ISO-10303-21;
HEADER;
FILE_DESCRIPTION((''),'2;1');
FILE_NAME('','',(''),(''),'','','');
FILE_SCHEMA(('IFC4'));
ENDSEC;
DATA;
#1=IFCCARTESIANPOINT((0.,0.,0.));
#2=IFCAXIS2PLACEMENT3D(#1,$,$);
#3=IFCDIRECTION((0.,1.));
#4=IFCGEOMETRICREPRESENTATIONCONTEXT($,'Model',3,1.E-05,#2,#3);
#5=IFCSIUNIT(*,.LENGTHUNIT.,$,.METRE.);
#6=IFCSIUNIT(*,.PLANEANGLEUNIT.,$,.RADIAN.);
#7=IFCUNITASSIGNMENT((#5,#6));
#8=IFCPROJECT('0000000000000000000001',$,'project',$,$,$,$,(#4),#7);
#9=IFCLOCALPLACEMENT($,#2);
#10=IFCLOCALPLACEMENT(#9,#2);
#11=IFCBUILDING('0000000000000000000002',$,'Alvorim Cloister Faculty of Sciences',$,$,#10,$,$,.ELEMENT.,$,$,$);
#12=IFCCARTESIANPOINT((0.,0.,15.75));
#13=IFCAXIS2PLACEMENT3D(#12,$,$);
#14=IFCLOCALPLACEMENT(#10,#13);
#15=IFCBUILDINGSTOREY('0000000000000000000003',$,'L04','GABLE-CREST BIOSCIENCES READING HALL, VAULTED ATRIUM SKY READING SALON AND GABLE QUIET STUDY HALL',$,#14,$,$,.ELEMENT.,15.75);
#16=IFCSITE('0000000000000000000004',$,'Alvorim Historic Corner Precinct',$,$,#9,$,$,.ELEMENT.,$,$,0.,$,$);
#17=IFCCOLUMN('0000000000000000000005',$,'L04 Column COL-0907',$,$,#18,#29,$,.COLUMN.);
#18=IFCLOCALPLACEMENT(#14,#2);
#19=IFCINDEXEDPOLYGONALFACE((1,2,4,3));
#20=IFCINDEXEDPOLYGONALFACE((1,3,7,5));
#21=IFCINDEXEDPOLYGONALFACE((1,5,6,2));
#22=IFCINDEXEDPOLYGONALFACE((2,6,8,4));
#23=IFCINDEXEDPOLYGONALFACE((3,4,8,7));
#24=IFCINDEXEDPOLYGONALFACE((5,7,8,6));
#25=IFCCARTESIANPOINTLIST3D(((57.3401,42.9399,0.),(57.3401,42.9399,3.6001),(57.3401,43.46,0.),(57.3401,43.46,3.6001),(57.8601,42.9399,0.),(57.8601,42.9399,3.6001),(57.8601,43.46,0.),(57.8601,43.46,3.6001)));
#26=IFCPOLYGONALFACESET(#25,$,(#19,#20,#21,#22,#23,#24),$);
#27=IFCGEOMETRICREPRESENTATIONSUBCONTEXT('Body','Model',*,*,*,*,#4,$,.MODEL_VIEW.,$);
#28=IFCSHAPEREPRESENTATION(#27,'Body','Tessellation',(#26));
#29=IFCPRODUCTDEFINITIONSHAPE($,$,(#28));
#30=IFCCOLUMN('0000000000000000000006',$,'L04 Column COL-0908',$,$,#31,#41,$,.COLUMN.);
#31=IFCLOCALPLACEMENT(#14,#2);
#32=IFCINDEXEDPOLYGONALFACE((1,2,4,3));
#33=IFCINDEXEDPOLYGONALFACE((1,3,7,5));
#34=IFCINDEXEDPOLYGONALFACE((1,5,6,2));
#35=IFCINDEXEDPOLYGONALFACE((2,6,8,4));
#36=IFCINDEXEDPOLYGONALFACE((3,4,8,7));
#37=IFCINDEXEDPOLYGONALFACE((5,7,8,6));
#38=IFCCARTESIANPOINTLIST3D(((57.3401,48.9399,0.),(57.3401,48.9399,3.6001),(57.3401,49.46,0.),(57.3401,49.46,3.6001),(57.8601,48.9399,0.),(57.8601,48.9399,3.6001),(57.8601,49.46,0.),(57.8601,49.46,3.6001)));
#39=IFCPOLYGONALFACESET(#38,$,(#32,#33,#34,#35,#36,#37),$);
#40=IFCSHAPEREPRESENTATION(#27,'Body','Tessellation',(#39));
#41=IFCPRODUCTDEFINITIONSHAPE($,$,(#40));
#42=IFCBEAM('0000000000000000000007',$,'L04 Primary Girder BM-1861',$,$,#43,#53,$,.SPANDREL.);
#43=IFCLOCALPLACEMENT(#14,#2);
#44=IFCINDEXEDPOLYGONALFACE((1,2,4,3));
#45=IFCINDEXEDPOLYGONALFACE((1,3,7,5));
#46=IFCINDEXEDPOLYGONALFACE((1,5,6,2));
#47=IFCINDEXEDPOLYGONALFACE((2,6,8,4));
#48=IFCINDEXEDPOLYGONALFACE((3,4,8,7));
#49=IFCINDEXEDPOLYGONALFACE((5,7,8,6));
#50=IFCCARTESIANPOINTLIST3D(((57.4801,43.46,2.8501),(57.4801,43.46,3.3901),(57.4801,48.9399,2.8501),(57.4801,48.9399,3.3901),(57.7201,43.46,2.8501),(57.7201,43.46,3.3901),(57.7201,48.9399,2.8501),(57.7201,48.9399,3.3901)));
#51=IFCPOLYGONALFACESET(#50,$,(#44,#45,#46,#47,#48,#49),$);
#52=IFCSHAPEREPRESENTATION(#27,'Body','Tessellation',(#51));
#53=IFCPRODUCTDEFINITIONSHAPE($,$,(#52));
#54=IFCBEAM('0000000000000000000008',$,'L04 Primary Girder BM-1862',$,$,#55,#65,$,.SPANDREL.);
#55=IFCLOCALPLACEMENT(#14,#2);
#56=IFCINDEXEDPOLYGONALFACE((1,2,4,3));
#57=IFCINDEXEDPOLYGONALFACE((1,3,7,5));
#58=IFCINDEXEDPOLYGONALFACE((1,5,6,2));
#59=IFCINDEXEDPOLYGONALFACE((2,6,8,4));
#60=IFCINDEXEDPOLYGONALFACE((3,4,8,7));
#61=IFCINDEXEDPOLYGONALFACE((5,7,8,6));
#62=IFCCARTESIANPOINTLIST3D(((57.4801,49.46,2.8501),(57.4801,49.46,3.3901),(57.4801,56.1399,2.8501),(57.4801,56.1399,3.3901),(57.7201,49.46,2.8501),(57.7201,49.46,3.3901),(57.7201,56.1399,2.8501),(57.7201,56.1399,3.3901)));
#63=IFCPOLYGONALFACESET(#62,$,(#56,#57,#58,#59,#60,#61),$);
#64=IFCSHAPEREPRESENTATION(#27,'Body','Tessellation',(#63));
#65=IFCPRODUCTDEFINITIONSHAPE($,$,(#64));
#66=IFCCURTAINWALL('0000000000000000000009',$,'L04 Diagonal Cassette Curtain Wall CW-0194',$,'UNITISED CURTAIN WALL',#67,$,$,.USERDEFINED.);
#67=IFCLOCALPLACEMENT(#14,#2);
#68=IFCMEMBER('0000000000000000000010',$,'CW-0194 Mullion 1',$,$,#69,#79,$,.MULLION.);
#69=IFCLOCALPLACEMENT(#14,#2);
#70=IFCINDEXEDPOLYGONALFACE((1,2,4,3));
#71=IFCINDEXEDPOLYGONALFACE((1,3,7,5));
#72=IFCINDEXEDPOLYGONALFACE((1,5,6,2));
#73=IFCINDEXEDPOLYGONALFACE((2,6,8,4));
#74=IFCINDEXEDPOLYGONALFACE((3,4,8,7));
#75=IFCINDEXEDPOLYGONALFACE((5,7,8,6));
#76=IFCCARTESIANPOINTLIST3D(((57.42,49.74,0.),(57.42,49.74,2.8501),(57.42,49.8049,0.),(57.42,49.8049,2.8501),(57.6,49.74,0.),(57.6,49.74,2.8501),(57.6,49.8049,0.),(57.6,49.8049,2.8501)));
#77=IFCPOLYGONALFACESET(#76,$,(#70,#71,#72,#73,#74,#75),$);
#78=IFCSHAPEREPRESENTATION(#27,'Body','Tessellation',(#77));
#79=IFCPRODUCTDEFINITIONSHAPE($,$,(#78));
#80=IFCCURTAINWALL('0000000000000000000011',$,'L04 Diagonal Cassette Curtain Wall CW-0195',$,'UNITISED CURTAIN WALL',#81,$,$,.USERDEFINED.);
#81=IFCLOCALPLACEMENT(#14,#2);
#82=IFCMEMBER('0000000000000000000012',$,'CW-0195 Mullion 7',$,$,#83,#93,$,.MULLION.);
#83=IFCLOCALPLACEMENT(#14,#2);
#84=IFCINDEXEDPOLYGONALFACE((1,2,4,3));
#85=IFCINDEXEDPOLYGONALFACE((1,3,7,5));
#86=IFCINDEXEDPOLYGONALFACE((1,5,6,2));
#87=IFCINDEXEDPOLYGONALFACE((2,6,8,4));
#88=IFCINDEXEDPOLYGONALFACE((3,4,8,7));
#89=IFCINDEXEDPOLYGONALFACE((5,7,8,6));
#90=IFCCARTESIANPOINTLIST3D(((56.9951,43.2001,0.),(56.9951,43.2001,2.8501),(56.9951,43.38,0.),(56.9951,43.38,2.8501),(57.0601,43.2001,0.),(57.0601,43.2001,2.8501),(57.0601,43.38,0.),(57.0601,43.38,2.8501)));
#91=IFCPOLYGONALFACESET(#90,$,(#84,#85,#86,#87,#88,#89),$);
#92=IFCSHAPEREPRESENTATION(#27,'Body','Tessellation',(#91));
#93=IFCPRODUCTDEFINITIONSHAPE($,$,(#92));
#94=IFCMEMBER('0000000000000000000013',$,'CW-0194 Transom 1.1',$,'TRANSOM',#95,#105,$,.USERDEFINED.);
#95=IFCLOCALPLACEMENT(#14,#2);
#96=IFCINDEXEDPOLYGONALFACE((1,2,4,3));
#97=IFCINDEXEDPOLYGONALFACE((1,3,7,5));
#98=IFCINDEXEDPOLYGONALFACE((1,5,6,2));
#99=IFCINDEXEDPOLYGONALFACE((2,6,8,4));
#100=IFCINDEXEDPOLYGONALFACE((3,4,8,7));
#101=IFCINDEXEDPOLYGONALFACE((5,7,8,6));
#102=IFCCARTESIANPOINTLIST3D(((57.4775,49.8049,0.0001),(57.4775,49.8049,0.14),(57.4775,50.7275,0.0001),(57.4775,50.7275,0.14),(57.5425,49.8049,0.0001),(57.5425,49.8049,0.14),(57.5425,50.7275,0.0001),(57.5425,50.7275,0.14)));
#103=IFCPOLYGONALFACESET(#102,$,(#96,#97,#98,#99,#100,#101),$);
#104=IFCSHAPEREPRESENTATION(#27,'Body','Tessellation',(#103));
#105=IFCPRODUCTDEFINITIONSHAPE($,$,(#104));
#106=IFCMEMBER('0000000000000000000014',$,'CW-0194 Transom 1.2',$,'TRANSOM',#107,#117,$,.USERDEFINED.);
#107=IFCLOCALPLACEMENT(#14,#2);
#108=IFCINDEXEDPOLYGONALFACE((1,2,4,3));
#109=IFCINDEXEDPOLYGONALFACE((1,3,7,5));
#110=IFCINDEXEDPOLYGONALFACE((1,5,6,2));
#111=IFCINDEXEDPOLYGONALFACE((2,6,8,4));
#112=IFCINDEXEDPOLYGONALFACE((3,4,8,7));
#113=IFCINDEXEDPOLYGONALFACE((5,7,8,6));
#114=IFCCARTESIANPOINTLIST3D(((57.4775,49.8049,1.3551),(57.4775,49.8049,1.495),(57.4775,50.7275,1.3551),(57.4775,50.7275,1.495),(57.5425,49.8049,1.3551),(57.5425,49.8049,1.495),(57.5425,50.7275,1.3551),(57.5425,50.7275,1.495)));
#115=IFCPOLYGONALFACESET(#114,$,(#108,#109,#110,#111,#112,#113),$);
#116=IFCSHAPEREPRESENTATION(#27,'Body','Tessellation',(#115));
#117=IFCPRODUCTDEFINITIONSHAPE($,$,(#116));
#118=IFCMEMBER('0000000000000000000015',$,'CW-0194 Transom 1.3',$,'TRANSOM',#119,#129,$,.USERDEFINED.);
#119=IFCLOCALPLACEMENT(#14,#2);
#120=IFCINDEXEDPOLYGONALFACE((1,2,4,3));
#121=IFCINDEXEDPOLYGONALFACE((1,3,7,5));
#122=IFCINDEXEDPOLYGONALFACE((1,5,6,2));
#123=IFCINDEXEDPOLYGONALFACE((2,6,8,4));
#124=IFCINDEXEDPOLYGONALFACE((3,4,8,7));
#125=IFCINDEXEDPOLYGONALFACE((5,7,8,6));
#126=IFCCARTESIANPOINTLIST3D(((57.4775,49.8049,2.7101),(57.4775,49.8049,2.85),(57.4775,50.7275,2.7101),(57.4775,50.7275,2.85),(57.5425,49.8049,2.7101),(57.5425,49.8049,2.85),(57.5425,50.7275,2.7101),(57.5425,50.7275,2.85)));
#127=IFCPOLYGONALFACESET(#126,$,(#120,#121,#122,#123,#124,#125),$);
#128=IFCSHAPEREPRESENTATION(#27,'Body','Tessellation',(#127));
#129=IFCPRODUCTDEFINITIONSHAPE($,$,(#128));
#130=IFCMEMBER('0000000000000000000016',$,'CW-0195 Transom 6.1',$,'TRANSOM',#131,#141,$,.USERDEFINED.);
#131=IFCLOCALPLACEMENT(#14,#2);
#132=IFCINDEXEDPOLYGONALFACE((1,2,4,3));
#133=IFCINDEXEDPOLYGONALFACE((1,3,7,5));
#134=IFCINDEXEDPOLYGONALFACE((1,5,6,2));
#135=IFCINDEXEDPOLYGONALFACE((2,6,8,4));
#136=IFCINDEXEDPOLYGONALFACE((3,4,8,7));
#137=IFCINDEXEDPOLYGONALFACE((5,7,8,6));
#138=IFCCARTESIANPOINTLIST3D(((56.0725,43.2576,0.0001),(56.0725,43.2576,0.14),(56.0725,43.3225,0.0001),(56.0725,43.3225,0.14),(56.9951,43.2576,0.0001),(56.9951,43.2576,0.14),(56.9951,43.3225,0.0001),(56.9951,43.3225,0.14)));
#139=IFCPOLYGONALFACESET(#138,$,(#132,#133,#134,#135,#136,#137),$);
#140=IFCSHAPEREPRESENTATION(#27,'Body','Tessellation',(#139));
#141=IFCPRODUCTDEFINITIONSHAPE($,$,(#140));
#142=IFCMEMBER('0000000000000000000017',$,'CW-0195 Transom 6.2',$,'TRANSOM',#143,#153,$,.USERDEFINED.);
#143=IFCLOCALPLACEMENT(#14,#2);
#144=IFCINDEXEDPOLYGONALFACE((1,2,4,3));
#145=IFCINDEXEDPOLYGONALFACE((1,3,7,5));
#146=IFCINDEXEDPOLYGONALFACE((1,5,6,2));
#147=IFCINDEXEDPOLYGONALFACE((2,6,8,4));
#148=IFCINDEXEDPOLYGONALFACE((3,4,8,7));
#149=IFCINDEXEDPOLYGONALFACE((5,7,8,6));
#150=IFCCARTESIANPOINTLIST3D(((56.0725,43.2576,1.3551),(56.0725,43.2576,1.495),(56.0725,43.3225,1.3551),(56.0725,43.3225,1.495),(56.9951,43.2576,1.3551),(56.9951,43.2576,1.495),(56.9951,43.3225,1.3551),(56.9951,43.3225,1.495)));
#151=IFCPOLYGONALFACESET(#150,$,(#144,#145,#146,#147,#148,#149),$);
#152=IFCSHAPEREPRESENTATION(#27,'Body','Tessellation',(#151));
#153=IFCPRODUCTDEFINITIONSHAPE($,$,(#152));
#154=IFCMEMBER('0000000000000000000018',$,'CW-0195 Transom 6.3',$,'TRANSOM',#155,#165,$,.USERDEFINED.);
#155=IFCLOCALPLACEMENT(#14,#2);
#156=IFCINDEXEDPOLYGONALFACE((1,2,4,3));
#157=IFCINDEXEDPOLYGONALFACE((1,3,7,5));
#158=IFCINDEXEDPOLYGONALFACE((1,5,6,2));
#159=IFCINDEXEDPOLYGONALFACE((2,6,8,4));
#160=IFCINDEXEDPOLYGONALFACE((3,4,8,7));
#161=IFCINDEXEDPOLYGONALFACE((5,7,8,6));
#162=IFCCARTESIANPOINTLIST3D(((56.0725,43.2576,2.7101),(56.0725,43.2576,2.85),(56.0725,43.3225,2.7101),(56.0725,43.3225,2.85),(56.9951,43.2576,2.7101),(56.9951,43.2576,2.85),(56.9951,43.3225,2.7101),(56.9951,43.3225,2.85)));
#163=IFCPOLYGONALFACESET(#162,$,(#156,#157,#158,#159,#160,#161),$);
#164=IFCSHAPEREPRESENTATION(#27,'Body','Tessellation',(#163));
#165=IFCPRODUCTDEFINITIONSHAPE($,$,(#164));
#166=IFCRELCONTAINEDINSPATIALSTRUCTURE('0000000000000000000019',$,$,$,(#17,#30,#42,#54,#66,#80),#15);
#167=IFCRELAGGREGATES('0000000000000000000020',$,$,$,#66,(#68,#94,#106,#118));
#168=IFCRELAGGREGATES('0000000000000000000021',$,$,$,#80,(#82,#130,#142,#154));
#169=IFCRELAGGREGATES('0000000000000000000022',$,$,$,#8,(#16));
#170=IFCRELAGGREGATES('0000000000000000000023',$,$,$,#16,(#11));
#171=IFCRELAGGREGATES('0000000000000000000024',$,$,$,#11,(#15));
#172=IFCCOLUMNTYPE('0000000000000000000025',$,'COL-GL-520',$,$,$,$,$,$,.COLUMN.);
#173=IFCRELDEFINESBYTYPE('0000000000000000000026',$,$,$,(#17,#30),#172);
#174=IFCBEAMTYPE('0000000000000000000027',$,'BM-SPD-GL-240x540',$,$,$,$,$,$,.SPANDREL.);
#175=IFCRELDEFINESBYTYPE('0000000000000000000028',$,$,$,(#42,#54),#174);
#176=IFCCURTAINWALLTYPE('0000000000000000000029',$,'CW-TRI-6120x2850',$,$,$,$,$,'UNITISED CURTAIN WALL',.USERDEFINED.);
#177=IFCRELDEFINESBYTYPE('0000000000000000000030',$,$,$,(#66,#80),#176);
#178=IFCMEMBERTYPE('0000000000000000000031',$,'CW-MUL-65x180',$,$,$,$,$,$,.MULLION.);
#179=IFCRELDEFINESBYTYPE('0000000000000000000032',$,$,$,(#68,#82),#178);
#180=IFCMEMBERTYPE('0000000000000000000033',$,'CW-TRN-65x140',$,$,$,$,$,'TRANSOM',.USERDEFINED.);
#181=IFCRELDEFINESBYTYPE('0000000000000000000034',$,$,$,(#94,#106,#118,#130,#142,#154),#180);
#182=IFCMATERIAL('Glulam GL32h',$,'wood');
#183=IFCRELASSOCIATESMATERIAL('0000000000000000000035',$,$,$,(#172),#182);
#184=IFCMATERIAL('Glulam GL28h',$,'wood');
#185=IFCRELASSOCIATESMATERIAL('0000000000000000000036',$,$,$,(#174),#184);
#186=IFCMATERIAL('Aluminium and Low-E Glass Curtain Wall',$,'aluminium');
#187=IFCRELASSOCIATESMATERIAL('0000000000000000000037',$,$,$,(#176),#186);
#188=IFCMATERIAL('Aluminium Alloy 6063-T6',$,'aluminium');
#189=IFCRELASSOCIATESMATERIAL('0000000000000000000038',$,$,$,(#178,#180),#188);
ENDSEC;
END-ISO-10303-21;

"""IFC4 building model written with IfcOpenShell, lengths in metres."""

from ifc_helpers import new_model, si_unit, direction, frame, origin, origin_2d, place, context, subcontext, project, spatial, rectangle, extrude, material, material_profile, profile_set, type_object, element, aggregate, save


model = new_model("IFC4")

# Units and contexts
model_context = context("Model", 3, precision=1e-05, world=origin(), true_north=direction((0.0, 1.0)))
body_context = subcontext(model_context, "Body", "Model", "MODEL_VIEW")
ifc_project = project(units=[si_unit("LENGTHUNIT", "METRE"), si_unit("PLANEANGLEUNIT", "RADIAN")], contexts=[model_context])

# Site, building, storey
site_placement = place(None, origin())
site = spatial("IfcSite", under=ifc_project, at=site_placement, Name="Alvorim Historic Corner Precinct", CompositionType="ELEMENT", RefElevation=0.0)
building_placement = place(site_placement, origin())
building = spatial("IfcBuilding", under=site, at=building_placement, Name="Alvorim Cloister Faculty of Sciences", CompositionType="ELEMENT")
storey_placement = place(building_placement, frame((0.0, 0.0, 15.75)))
storey = spatial("IfcBuildingStorey", under=building, at=storey_placement, Name="L04", Description="GABLE-CREST BIOSCIENCES READING HALL, VAULTED ATRIUM SKY READING SALON AND GABLE QUIET STUDY HALL", CompositionType="ELEMENT", Elevation=15.75)

# Columns
ifc_material_1 = material(Name="Glulam GL32h", Category="wood")
ifc_material_profile_1 = material_profile(ifc_material_1, rectangle(XDim=0.52, YDim=0.52, at=origin_2d()), Name="GL32-COL-520x520")
ifc_profile_set_1 = profile_set([ifc_material_profile_1], Name="Glulam GL32h")
column_type = type_object("IfcColumnType", Name="COL-GL-520", PredefinedType="COLUMN", material=ifc_profile_set_1)
for number, where, z_axis, x_axis, name in (
    (1, (57.6001, 43.2, 0.0), (0.0, 0.0, 1.0), (1.0, 0.0, 0.0), "L04 Column COL-0907"),
    (2, (57.6001, 49.2, 0.0), (0.0, 0.0, 1.0), (1.0, 0.0, 0.0), "L04 Column COL-0908"),
):
    element("IfcColumn", number, at=place(storey_placement, frame(where, z_axis=z_axis, x_axis=x_axis)), inside=storey, type_object=column_type, Name=name, PredefinedType="COLUMN", context=body_context, shape_type="SweptSolid", body=[
        extrude(rectangle(XDim=0.52, YDim=0.52, at=origin_2d()), origin(), (0.0, 0.0, 1.0), 3.6001),
    ])

# Beams
ifc_material_2 = material(Name="Glulam GL28h", Category="wood")
ifc_material_profile_2 = material_profile(ifc_material_2, rectangle(XDim=0.24, YDim=0.54, at=origin_2d()), Name="GL28-SPD-240x540")
ifc_profile_set_2 = profile_set([ifc_material_profile_2], Name="Glulam GL28h")
beam_type = type_object("IfcBeamType", Name="BM-SPD-GL-240x540", PredefinedType="SPANDREL", material=ifc_profile_set_2)
beam_1_placement = place(storey_placement, frame((57.6001, 43.46, 3.1201), z_axis=(0.0, 1.0, 0.0), x_axis=(-1.0, 0.0, 0.0)))
element("IfcBeam", 3, at=beam_1_placement, inside=storey, type_object=beam_type, Name="L04 Primary Girder BM-1861", PredefinedType="SPANDREL", context=body_context, shape_type="SweptSolid", body=[
    extrude(rectangle(XDim=0.24, YDim=0.54, at=origin_2d()), origin(), (0.0, 0.0, 1.0), 5.48),
])
beam_2_placement = place(storey_placement, frame((57.6001, 49.46, 3.1201), z_axis=(0.0, 1.0, 0.0), x_axis=(-1.0, 0.0, 0.0)))
element("IfcBeam", 4, at=beam_2_placement, inside=storey, type_object=beam_type, Name="L04 Primary Girder BM-1862", PredefinedType="SPANDREL", context=body_context, shape_type="SweptSolid", body=[
    extrude(rectangle(XDim=0.24, YDim=0.54, at=origin_2d()), origin(), (0.0, 0.0, 1.0), 6.6799),
])

# Curtain walls, members
ifc_material_3 = material(Name="Aluminium and Low-E Glass Curtain Wall", Category="aluminium")
curtain_wall_type = type_object("IfcCurtainWallType", Name="CW-TRI-6120x2850", ElementType="UNITISED CURTAIN WALL", PredefinedType="USERDEFINED", material=ifc_material_3)
curtain_wall_1_placement = place(storey_placement, origin())
curtain_wall_1 = element("IfcCurtainWall", 5, at=curtain_wall_1_placement, inside=storey, type_object=curtain_wall_type, Name="L04 Diagonal Cassette Curtain Wall CW-0194", ObjectType="UNITISED CURTAIN WALL", PredefinedType="USERDEFINED")
ifc_material_4 = material(Name="Aluminium Alloy 6063-T6", Category="aluminium")
ifc_material_profile_3 = material_profile(ifc_material_4, rectangle(XDim=0.0649, YDim=0.1799, at=origin_2d()), Name="ALU-MUL-65x180")
ifc_profile_set_3 = profile_set([ifc_material_profile_3], Name="Aluminium Alloy 6063-T6")
member_type_1 = type_object("IfcMemberType", Name="CW-MUL-65x180", PredefinedType="MULLION", material=ifc_profile_set_3)
member_1_placement = place(storey_placement, frame((57.51, 49.7725, 0.0), z_axis=(0.0, 0.0, 1.0), x_axis=(0.0, 1.0, 0.0)))
member_1 = element("IfcMember", 6, at=member_1_placement, type_object=member_type_1, Name="CW-0194 Mullion 1", PredefinedType="MULLION", context=body_context, shape_type="SweptSolid", body=[
    extrude(rectangle(XDim=0.0649, YDim=0.1799, at=origin_2d()), origin(), (0.0, 0.0, 1.0), 2.8501),
])
curtain_wall_2_placement = place(storey_placement, origin())
curtain_wall_2 = element("IfcCurtainWall", 7, at=curtain_wall_2_placement, inside=storey, type_object=curtain_wall_type, Name="L04 Diagonal Cassette Curtain Wall CW-0195", ObjectType="UNITISED CURTAIN WALL", PredefinedType="USERDEFINED")
member_2_placement = place(storey_placement, frame((57.0276, 43.29, 0.0), z_axis=(0.0, 0.0, 1.0), x_axis=(1.0, 0.0, 0.0)))
member_2 = element("IfcMember", 8, at=member_2_placement, type_object=member_type_1, Name="CW-0195 Mullion 7", PredefinedType="MULLION", context=body_context, shape_type="SweptSolid", body=[
    extrude(rectangle(XDim=0.0649, YDim=0.1799, at=origin_2d()), origin(), (0.0, 0.0, 1.0), 2.8501),
])

# Members
ifc_material_profile_4 = material_profile(ifc_material_4, rectangle(XDim=0.0649, YDim=0.1399, at=origin_2d()), Name="ALU-TRN-65x140")
ifc_profile_set_4 = profile_set([ifc_material_profile_4], Name="Aluminium Alloy 6063-T6")
member_type_2 = type_object("IfcMemberType", Name="CW-TRN-65x140", ElementType="TRANSOM", PredefinedType="USERDEFINED", material=ifc_profile_set_4)
member_3_placement = place(storey_placement, frame((57.51, 49.8049, 0.0701), z_axis=(0.0, 1.0, 0.0), x_axis=(-1.0, 0.0, 0.0)))
member_3 = element("IfcMember", 9, at=member_3_placement, type_object=member_type_2, Name="CW-0194 Transom 1.1", ObjectType="TRANSOM", PredefinedType="USERDEFINED", context=body_context, shape_type="SweptSolid", body=[
    extrude(rectangle(XDim=0.0649, YDim=0.1399, at=origin_2d()), origin(), (0.0, 0.0, 1.0), 0.9226),
])
member_4_placement = place(storey_placement, frame((57.51, 49.8049, 1.425), z_axis=(0.0, 1.0, 0.0), x_axis=(-1.0, 0.0, 0.0)))
member_4 = element("IfcMember", 10, at=member_4_placement, type_object=member_type_2, Name="CW-0194 Transom 1.2", ObjectType="TRANSOM", PredefinedType="USERDEFINED", context=body_context, shape_type="SweptSolid", body=[
    extrude(rectangle(XDim=0.0649, YDim=0.1399, at=origin_2d()), origin(), (0.0, 0.0, 1.0), 0.9226),
])
member_5_placement = place(storey_placement, frame((57.51, 49.8049, 2.78), z_axis=(0.0, 1.0, 0.0), x_axis=(-1.0, 0.0, 0.0)))
member_5 = element("IfcMember", 11, at=member_5_placement, type_object=member_type_2, Name="CW-0194 Transom 1.3", ObjectType="TRANSOM", PredefinedType="USERDEFINED", context=body_context, shape_type="SweptSolid", body=[
    extrude(rectangle(XDim=0.0649, YDim=0.1399, at=origin_2d()), origin(), (0.0, 0.0, 1.0), 0.9226),
])
aggregate(curtain_wall_1, [member_1, member_3, member_4, member_5])
member_6_placement = place(storey_placement, frame((56.0725, 43.29, 0.0701), z_axis=(1.0, 0.0, 0.0), x_axis=(0.0, 1.0, 0.0)))
member_6 = element("IfcMember", 12, at=member_6_placement, type_object=member_type_2, Name="CW-0195 Transom 6.1", ObjectType="TRANSOM", PredefinedType="USERDEFINED", context=body_context, shape_type="SweptSolid", body=[
    extrude(rectangle(XDim=0.0649, YDim=0.1399, at=origin_2d()), origin(), (0.0, 0.0, 1.0), 0.9226),
])
member_7_placement = place(storey_placement, frame((56.0725, 43.29, 1.425), z_axis=(1.0, 0.0, 0.0), x_axis=(0.0, 1.0, 0.0)))
member_7 = element("IfcMember", 13, at=member_7_placement, type_object=member_type_2, Name="CW-0195 Transom 6.2", ObjectType="TRANSOM", PredefinedType="USERDEFINED", context=body_context, shape_type="SweptSolid", body=[
    extrude(rectangle(XDim=0.0649, YDim=0.1399, at=origin_2d()), origin(), (0.0, 0.0, 1.0), 0.9226),
])
member_8_placement = place(storey_placement, frame((56.0725, 43.29, 2.78), z_axis=(1.0, 0.0, 0.0), x_axis=(0.0, 1.0, 0.0)))
member_8 = element("IfcMember", 14, at=member_8_placement, type_object=member_type_2, Name="CW-0195 Transom 6.3", ObjectType="TRANSOM", PredefinedType="USERDEFINED", context=body_context, shape_type="SweptSolid", body=[
    extrude(rectangle(XDim=0.0649, YDim=0.1399, at=origin_2d()), origin(), (0.0, 0.0, 1.0), 0.9226),
])

aggregate(curtain_wall_2, [member_2, member_6, member_7, member_8])

save(model, "model.ifc")
